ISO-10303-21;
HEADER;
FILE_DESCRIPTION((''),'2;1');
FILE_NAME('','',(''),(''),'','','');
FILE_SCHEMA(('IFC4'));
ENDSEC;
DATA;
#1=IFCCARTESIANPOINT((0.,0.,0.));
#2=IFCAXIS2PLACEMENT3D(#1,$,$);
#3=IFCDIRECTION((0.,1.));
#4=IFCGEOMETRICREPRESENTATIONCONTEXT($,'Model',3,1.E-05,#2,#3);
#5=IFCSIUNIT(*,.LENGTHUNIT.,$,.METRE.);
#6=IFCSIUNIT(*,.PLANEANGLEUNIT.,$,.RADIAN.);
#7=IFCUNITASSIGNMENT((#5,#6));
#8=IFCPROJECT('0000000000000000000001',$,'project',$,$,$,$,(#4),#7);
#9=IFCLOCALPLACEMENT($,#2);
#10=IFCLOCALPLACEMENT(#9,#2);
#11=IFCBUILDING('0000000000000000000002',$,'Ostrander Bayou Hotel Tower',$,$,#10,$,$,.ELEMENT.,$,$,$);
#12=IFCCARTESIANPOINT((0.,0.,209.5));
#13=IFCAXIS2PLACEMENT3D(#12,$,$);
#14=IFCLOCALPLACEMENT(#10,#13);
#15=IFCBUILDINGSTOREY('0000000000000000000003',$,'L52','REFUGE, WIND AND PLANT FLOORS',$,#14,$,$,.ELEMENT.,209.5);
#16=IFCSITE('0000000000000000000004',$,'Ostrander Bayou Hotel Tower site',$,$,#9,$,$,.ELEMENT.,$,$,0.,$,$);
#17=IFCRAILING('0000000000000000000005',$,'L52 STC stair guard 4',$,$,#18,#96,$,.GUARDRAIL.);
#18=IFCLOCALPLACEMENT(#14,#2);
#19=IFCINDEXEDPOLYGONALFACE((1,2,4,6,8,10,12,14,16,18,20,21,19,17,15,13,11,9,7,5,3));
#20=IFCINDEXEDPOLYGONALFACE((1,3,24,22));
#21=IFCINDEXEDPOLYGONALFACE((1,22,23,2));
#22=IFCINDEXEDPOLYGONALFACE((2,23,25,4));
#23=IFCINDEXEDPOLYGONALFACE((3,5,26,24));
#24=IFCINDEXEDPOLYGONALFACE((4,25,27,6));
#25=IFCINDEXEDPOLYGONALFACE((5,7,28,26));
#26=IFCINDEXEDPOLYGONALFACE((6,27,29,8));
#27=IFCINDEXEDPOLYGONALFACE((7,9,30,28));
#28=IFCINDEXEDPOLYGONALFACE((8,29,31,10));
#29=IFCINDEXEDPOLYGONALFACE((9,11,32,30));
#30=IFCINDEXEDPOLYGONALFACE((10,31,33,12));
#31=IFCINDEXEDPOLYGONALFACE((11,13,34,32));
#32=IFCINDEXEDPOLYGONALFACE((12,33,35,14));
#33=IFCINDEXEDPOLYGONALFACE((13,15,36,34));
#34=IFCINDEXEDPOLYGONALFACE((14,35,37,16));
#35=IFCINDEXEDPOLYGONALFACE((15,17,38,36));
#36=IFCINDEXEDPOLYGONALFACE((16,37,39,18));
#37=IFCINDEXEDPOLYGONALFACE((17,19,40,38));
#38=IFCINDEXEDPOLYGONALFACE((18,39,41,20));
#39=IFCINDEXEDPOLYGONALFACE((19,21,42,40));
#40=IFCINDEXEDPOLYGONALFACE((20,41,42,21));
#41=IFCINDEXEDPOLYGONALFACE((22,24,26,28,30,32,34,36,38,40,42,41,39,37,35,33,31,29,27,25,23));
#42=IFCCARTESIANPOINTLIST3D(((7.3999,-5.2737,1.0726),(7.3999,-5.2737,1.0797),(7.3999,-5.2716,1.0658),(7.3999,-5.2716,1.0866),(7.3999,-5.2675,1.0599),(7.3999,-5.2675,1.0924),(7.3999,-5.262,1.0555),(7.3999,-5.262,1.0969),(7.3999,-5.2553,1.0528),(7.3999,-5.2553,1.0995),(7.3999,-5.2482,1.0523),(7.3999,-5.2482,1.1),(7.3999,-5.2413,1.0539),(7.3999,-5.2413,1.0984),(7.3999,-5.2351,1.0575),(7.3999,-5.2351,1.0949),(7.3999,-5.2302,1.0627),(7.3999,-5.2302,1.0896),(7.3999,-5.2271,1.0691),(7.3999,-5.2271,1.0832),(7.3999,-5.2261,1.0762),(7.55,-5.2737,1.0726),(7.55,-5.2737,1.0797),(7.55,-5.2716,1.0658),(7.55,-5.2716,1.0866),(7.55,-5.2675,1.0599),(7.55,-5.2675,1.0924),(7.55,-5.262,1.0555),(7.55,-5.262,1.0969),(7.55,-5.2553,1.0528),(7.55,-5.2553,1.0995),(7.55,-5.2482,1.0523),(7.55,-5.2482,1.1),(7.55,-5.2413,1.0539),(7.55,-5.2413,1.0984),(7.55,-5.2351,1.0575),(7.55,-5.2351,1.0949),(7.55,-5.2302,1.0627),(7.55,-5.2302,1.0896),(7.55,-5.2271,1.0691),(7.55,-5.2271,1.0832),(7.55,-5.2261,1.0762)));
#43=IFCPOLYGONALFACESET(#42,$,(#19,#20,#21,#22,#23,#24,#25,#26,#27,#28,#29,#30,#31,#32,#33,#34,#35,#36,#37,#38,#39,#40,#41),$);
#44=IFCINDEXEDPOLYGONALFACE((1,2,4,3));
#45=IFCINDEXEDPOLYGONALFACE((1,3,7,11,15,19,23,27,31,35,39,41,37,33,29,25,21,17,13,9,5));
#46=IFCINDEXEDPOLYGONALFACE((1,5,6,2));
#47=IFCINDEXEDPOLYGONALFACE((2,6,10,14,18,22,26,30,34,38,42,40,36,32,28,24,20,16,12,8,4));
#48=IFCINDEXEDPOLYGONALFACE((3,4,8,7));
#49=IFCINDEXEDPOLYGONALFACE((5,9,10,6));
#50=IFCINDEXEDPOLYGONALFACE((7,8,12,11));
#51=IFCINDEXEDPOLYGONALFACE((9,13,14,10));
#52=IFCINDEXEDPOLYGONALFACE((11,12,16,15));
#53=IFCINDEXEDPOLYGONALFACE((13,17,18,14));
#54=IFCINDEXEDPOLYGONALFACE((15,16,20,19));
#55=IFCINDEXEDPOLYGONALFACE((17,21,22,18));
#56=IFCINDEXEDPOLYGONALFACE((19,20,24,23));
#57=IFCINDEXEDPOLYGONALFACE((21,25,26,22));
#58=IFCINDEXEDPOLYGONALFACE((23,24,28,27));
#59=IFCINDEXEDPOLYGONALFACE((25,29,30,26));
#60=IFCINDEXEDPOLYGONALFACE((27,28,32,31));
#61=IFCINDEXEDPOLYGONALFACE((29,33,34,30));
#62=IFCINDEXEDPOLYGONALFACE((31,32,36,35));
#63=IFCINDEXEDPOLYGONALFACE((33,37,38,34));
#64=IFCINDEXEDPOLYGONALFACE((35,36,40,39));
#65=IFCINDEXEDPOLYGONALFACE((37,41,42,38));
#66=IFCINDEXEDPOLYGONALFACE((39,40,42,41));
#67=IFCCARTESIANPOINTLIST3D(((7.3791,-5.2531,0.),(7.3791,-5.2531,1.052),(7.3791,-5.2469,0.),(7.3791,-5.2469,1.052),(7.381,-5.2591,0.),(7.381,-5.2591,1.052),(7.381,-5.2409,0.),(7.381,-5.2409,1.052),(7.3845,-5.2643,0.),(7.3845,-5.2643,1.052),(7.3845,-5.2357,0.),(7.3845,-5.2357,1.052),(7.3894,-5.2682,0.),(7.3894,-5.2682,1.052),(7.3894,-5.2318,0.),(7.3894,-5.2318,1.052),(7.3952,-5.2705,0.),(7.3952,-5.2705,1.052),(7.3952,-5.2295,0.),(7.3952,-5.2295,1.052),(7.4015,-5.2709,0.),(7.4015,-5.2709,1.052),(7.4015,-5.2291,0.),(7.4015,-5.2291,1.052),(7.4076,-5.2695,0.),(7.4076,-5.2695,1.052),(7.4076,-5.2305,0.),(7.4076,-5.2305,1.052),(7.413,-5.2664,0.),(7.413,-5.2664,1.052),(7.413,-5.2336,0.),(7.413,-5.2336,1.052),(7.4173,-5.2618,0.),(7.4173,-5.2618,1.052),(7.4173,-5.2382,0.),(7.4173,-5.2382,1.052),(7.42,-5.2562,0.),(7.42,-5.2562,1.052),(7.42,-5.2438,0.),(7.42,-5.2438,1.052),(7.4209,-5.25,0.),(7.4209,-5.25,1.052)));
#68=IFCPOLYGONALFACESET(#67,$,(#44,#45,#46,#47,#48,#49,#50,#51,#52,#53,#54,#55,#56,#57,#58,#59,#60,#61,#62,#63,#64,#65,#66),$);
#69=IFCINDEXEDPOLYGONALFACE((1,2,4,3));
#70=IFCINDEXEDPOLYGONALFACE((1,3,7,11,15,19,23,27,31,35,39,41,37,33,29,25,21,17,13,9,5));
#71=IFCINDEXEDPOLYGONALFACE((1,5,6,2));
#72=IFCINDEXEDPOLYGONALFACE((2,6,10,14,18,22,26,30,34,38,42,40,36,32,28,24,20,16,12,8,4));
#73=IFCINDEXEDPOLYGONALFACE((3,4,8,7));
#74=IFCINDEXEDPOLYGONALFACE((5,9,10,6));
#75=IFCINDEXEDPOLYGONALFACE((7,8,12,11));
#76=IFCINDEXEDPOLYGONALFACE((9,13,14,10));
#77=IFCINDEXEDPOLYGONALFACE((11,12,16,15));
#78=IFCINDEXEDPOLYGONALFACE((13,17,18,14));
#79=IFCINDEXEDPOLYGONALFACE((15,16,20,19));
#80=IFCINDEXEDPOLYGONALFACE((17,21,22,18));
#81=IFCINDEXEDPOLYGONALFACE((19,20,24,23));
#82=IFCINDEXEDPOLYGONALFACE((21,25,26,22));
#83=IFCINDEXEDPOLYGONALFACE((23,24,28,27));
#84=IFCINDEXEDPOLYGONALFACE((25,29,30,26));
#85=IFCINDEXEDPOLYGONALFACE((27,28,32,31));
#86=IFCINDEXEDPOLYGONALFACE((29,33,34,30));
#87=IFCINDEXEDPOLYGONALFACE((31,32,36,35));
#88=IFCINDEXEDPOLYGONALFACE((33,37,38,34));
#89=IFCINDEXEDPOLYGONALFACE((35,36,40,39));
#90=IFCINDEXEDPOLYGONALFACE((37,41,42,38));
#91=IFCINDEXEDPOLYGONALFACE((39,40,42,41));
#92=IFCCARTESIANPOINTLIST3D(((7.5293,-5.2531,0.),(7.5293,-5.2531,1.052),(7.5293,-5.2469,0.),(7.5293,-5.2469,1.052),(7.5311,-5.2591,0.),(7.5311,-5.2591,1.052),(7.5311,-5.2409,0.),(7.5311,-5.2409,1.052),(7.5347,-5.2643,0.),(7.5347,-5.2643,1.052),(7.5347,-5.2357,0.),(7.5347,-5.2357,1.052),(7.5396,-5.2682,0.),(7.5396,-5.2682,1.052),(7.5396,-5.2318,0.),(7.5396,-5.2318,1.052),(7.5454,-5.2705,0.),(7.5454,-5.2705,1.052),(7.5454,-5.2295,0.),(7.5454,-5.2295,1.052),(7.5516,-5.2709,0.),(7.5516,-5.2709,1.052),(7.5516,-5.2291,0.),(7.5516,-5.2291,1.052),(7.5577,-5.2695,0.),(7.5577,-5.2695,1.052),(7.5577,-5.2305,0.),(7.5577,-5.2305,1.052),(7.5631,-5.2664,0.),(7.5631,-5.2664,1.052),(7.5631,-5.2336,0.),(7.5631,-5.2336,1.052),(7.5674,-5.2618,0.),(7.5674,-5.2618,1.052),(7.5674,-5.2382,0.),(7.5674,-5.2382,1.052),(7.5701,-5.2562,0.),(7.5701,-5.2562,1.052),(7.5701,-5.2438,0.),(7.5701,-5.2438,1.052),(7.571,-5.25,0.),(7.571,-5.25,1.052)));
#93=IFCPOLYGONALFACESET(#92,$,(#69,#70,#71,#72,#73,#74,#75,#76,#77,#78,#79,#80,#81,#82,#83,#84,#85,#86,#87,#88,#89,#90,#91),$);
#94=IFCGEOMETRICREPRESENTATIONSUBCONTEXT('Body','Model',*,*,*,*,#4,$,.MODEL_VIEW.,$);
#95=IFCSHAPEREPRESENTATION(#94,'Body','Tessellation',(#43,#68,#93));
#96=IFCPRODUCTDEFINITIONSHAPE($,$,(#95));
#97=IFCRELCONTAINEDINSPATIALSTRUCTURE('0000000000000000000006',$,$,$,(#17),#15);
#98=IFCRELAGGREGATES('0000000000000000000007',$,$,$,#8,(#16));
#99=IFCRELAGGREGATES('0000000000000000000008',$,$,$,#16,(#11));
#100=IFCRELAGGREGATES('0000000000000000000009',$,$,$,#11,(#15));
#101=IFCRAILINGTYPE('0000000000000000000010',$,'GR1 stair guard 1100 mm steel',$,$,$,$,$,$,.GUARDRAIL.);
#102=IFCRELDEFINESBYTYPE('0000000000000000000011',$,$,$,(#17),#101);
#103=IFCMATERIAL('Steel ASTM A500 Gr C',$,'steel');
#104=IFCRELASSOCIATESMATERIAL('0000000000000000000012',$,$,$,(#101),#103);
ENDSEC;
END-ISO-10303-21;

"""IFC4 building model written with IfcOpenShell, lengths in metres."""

from ifc_helpers import new_model, si_unit, direction, frame, origin, origin_2d, place, context, subcontext, project, spatial, circle, extrude, material, type_object, element, save


model = new_model("IFC4")

# Units and contexts
model_context = context("Model", 3, precision=1e-05, world=origin(), true_north=direction((0.0, 1.0)))
body_context = subcontext(model_context, "Body", "Model", "MODEL_VIEW")
ifc_project = project(units=[si_unit("LENGTHUNIT", "METRE"), si_unit("PLANEANGLEUNIT", "RADIAN")], contexts=[model_context])

# Site, building, storey
site_placement = place(None, origin())
site = spatial("IfcSite", under=ifc_project, at=site_placement, Name="Ostrander Bayou Hotel Tower site", CompositionType="ELEMENT", RefElevation=0.0)
building_placement = place(site_placement, origin())
building = spatial("IfcBuilding", under=site, at=building_placement, Name="Ostrander Bayou Hotel Tower", CompositionType="ELEMENT")
storey_placement = place(building_placement, frame((0.0, 0.0, 209.5)))
storey = spatial("IfcBuildingStorey", under=building, at=storey_placement, Name="L52", Description="REFUGE, WIND AND PLANT FLOORS", CompositionType="ELEMENT", Elevation=209.5)

# Railing
ifc_material_1 = material(Name="Steel ASTM A500 Gr C", Category="steel")
railing_type_1 = type_object("IfcRailingType", Name="GR1 stair guard 1100 mm steel", PredefinedType="GUARDRAIL", material=ifc_material_1)
railing_1_placement = place(storey_placement, frame((7.3999, -5.25, 0.0)))
element("IfcRailing", 1, at=railing_1_placement, inside=storey, type_object=railing_type_1, Name="L52 STC stair guard 4", PredefinedType="GUARDRAIL", context=body_context, shape_type="SweptSolid", body=[
    extrude(circle(Radius=0.0239, at=origin_2d()), frame((0.0, 0.0, 1.0762), z_axis=(1.0, 0.0, 0.0), x_axis=(0.0, 1.0, 0.0)), (0.0, 0.0, 1.0), 0.1501),
    extrude(circle(Radius=0.021, at=origin_2d()), origin(), (0.0, 0.0, 1.0), 1.052),
    extrude(circle(Radius=0.021, at=origin_2d()), frame((0.1501, 0.0, 0.0)), (0.0, 0.0, 1.0), 1.052),
])

save(model, "model.ifc")
